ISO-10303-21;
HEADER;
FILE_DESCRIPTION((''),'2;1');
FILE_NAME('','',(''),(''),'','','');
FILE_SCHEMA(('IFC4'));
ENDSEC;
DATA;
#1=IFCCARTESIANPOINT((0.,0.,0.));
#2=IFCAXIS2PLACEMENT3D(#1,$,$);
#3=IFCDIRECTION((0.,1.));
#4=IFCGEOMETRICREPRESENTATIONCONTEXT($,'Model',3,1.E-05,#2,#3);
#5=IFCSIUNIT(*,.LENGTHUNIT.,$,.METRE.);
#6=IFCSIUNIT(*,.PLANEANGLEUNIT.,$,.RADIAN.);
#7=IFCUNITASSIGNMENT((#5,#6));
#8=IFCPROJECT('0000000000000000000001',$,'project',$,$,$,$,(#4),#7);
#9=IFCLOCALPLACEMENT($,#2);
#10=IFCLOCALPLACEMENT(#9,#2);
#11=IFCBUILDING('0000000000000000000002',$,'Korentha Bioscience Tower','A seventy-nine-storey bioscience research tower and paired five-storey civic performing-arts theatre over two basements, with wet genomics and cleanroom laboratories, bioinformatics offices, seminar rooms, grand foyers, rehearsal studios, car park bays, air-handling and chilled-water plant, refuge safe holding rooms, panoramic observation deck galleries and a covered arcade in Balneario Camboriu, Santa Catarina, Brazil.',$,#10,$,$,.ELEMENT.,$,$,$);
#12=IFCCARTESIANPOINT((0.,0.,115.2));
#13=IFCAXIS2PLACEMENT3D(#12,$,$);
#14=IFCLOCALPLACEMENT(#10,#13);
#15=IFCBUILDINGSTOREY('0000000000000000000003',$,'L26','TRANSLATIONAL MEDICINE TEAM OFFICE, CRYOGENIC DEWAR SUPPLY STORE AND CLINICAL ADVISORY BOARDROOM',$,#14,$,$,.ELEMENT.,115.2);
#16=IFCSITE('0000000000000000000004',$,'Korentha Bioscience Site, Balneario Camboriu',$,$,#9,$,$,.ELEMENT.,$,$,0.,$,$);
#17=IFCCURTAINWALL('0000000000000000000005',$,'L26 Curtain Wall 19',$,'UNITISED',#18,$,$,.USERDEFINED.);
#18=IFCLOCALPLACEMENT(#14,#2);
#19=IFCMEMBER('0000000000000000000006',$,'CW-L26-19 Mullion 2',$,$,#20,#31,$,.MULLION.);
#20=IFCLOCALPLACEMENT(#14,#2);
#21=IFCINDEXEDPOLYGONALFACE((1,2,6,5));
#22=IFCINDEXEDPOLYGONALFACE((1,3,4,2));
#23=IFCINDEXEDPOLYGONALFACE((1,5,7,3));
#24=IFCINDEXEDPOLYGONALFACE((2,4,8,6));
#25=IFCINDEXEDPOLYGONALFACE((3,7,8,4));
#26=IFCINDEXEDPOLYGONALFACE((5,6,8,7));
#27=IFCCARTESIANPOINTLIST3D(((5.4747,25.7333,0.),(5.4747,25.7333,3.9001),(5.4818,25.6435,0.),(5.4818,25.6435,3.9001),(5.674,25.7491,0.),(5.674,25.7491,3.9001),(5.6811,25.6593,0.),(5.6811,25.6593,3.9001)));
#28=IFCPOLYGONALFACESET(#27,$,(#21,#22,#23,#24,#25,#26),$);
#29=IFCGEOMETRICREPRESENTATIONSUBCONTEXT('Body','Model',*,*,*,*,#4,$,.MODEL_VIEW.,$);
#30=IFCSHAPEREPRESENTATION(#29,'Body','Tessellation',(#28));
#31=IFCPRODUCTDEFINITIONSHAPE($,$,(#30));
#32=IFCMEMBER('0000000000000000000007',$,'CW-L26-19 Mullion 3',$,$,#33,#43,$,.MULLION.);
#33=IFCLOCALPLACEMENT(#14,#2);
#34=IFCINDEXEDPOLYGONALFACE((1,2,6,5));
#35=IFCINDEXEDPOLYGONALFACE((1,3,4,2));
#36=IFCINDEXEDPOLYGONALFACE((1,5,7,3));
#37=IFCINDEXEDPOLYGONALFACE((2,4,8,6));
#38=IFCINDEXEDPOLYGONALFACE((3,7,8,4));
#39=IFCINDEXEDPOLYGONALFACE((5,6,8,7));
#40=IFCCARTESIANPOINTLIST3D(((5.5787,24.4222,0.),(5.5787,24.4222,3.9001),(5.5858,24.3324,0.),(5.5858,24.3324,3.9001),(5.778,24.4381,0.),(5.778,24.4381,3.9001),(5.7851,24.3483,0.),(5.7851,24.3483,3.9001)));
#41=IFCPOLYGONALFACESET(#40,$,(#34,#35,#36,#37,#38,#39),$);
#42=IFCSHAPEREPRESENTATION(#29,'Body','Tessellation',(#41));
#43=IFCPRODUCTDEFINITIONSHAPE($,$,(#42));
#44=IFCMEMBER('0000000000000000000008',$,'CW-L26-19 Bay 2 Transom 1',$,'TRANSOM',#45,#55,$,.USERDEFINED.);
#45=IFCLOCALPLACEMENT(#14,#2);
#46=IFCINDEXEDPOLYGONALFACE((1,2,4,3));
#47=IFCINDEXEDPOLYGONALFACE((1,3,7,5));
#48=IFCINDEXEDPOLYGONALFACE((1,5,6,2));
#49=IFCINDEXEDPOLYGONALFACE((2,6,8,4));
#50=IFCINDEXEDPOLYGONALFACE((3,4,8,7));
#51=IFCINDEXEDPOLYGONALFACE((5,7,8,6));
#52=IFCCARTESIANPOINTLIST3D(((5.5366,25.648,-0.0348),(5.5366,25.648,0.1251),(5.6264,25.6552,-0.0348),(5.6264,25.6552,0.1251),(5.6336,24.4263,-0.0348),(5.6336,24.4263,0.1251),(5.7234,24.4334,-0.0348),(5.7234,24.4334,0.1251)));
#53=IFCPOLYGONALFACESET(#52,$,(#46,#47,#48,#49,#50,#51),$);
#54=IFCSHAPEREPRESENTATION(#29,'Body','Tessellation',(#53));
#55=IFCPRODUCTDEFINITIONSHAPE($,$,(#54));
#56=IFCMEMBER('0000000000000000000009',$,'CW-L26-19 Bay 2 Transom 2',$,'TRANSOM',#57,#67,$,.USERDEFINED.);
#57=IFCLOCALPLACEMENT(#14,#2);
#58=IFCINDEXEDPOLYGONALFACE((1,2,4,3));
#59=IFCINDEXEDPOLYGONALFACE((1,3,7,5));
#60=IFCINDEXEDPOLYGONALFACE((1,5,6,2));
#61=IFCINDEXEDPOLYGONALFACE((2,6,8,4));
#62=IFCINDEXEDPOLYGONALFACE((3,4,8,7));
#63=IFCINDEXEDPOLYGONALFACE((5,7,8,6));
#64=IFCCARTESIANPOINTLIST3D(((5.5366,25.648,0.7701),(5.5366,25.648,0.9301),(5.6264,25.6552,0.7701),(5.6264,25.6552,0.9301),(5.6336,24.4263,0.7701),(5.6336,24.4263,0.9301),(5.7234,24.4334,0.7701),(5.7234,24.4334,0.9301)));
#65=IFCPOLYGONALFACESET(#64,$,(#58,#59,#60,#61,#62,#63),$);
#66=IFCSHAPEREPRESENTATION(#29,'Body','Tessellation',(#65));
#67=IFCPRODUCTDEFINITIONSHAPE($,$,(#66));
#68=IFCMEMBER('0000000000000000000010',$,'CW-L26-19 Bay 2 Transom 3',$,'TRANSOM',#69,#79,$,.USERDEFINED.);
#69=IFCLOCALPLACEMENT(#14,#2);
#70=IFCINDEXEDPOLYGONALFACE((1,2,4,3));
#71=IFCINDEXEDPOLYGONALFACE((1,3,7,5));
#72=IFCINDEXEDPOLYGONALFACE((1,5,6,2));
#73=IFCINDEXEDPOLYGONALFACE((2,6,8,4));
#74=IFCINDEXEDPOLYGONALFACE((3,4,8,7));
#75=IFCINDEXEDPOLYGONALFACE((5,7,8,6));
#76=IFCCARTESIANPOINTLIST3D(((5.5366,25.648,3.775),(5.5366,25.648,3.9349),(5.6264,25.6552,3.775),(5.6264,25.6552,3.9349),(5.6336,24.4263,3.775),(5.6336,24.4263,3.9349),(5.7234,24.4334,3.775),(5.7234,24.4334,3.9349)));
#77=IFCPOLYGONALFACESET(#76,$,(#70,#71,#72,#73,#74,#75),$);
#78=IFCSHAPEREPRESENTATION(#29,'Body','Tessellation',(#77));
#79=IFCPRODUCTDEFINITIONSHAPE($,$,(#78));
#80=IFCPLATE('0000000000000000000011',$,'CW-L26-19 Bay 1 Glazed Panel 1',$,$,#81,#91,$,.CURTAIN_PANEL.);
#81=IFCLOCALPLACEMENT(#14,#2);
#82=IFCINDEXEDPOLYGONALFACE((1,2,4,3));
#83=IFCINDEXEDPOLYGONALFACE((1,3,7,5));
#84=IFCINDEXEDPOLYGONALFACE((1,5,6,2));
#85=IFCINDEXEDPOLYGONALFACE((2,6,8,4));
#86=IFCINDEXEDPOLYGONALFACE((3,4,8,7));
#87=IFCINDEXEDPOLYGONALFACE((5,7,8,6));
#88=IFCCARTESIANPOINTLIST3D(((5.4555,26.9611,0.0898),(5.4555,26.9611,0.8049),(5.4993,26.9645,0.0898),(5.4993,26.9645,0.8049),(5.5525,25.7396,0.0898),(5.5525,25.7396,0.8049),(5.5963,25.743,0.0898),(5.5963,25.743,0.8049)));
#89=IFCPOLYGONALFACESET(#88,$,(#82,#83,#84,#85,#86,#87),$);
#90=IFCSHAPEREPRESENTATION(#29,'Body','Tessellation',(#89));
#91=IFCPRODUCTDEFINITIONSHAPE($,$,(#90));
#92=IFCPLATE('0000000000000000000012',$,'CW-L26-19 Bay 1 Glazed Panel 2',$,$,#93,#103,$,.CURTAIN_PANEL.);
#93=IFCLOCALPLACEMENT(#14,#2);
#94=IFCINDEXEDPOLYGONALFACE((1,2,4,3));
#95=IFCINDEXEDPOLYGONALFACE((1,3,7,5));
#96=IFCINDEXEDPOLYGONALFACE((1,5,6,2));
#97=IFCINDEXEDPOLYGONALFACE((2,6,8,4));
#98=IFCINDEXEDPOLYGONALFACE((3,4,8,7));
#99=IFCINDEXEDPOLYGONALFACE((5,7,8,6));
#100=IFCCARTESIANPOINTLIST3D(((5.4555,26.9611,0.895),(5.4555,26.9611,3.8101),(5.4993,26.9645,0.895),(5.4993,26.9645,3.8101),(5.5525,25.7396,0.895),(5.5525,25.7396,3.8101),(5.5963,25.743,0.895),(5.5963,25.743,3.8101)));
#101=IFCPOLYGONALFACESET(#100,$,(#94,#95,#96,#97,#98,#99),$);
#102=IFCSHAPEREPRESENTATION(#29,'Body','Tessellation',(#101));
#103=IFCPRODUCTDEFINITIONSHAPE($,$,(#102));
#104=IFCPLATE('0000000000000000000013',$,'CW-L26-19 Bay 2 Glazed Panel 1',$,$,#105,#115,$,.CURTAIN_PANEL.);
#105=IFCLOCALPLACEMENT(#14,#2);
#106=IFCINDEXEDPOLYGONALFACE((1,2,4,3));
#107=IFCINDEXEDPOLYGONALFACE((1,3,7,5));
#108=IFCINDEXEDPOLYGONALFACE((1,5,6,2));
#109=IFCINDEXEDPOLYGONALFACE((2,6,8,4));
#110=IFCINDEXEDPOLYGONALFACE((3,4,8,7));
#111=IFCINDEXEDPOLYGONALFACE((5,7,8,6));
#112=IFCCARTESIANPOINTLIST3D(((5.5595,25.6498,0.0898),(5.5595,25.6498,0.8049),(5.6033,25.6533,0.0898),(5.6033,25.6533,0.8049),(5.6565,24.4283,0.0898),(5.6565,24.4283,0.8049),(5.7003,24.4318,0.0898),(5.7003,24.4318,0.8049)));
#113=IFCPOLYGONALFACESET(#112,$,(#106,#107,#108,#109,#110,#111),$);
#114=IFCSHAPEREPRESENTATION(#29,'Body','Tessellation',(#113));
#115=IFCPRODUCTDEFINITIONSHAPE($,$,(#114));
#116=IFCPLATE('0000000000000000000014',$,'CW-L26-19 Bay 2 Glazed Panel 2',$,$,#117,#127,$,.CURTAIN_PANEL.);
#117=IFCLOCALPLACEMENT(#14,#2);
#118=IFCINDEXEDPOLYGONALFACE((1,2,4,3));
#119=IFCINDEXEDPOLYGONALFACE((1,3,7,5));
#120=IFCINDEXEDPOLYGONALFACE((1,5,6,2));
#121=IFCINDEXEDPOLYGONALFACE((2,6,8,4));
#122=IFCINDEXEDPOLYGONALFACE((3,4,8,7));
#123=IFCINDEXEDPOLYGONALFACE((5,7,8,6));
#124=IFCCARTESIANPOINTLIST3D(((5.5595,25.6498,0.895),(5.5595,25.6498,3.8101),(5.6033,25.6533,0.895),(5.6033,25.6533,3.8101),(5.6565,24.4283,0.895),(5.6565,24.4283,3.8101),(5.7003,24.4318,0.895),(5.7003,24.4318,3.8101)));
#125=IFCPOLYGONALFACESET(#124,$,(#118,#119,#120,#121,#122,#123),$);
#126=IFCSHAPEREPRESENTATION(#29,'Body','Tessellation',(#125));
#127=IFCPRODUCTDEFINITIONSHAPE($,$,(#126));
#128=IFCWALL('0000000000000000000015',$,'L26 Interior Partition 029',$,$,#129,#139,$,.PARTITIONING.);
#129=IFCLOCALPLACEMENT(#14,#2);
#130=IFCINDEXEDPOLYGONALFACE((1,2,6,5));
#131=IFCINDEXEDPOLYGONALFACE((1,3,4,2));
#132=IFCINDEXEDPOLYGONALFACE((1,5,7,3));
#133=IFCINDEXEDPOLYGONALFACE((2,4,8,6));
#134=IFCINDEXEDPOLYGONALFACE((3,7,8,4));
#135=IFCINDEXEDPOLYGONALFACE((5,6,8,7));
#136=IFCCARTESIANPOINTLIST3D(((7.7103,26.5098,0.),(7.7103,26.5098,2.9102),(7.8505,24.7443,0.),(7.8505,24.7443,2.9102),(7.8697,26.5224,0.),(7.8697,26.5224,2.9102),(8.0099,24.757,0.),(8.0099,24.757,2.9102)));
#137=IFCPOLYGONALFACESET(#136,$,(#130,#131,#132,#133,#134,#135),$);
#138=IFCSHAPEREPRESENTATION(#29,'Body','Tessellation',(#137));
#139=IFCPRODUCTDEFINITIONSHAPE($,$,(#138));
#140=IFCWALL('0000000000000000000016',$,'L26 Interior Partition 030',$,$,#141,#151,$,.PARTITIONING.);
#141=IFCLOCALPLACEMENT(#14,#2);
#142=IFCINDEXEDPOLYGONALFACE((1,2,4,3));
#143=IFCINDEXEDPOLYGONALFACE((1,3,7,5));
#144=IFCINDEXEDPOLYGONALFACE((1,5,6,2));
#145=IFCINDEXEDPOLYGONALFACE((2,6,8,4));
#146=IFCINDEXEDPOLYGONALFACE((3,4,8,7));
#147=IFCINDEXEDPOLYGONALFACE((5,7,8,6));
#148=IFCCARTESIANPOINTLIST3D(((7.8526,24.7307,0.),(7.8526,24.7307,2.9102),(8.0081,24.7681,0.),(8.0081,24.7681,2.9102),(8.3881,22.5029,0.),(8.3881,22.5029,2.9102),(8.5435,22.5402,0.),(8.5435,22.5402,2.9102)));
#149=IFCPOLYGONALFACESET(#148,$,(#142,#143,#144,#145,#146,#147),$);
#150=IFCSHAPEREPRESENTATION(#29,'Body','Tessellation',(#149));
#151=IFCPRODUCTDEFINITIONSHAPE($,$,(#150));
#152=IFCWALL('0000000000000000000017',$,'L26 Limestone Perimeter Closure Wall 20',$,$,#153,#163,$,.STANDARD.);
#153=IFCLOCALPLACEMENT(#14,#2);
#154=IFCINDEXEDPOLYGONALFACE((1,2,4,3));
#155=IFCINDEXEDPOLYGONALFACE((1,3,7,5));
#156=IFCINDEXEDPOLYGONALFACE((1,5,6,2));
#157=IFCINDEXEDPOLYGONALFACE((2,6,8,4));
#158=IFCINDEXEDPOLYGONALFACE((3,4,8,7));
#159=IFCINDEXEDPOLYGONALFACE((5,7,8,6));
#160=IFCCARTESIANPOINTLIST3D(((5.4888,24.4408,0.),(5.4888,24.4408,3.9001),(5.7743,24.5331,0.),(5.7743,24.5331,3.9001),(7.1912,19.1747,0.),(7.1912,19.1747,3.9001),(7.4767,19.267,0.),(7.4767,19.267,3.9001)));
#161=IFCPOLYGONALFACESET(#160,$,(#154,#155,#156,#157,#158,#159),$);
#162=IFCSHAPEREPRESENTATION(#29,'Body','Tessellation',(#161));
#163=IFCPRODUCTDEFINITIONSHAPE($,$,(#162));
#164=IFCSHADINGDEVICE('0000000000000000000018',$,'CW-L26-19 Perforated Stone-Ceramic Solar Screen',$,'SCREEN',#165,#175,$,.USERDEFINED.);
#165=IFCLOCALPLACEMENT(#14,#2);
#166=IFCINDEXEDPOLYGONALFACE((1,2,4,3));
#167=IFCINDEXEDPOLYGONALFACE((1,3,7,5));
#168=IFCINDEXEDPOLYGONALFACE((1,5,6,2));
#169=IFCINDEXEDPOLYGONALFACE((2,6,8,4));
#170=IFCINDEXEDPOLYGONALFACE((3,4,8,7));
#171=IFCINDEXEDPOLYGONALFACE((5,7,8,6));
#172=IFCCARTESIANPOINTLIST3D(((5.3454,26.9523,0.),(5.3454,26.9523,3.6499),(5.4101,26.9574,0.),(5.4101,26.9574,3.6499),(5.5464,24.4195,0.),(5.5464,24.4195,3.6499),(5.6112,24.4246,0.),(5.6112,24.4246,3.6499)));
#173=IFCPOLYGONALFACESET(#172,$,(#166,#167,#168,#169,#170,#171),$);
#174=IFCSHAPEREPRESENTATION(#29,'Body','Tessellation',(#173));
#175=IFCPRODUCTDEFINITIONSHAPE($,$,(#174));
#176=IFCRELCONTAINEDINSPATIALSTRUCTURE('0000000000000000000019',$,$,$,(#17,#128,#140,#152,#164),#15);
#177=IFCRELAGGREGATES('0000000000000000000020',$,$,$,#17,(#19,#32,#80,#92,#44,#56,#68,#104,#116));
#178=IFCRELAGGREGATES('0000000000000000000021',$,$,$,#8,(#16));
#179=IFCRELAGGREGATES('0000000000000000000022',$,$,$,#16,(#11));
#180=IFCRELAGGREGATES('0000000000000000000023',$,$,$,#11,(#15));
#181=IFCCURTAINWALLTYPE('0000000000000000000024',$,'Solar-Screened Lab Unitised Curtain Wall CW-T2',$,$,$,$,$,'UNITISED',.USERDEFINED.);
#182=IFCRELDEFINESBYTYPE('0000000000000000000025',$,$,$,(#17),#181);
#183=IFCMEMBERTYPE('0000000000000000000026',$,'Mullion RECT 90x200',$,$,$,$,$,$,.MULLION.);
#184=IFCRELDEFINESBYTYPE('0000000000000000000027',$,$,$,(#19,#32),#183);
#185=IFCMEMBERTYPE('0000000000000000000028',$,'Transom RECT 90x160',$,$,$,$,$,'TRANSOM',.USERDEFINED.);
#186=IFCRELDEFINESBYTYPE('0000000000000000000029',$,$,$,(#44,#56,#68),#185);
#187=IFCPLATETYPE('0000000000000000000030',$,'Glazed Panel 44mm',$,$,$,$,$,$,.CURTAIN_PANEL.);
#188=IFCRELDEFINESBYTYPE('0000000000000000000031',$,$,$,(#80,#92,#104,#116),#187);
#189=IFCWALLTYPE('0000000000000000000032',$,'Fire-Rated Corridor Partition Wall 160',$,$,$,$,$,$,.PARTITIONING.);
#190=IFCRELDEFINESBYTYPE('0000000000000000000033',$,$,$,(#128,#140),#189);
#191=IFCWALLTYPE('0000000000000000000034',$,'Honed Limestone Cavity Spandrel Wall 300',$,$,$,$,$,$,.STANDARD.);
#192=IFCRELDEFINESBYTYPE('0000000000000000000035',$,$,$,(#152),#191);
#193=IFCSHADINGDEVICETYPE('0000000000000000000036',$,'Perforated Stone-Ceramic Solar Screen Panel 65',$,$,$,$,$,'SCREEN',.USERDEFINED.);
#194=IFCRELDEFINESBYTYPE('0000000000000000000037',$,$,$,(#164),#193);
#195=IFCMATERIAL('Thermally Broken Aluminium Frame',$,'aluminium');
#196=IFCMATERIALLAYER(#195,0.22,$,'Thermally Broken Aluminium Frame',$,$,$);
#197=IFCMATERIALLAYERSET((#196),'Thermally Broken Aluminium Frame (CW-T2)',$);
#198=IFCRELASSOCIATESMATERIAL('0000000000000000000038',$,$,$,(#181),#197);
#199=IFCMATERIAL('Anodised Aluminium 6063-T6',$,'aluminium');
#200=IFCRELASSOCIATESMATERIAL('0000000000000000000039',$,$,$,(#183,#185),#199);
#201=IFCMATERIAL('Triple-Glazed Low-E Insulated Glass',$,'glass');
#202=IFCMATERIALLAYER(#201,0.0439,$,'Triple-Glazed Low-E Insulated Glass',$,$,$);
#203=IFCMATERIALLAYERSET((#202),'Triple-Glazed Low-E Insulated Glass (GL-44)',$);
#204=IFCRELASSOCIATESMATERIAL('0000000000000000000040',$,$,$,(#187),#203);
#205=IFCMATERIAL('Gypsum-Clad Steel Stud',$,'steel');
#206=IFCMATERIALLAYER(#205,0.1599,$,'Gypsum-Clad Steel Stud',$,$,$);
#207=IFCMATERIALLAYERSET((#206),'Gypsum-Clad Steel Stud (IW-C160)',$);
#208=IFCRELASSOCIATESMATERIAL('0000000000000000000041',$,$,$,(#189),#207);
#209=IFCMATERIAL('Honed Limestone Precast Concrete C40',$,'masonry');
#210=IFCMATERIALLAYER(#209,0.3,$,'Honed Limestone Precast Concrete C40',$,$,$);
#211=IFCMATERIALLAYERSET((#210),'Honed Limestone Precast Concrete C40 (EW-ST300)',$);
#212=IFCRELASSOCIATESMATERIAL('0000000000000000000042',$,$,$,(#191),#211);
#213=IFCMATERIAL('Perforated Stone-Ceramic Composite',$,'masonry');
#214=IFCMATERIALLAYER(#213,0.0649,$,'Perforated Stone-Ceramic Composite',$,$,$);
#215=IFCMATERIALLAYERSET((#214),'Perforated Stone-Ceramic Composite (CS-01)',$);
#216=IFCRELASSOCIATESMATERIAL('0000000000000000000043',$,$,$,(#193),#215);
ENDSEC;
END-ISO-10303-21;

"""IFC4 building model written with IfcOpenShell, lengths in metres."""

from ifc_helpers import new_model, si_unit, direction, frame, frame_2d, origin, origin_2d, place, context, subcontext, project, spatial, rectangle, extrude, material, layer, layer_set, material_profile, profile_set, type_object, element, aggregate, save


model = new_model("IFC4")

# Units and contexts
model_context = context("Model", 3, precision=1e-05, world=origin(), true_north=direction((0.0, 1.0)))
body_context = subcontext(model_context, "Body", "Model", "MODEL_VIEW")
ifc_project = project(units=[si_unit("LENGTHUNIT", "METRE"), si_unit("PLANEANGLEUNIT", "RADIAN")], contexts=[model_context])

# Site, building, storey
site_placement = place(None, origin())
site = spatial("IfcSite", under=ifc_project, at=site_placement, Name="Korentha Bioscience Site, Balneario Camboriu", CompositionType="ELEMENT", RefElevation=0.0)
building_placement = place(site_placement, origin())
building = spatial("IfcBuilding", under=site, at=building_placement, Name="Korentha Bioscience Tower", Description="A seventy-nine-storey bioscience research tower and paired five-storey civic performing-arts theatre over two basements, with wet genomics and cleanroom laboratories, bioinformatics offices, seminar rooms, grand foyers, rehearsal studios, car park bays, air-handling and chilled-water plant, refuge safe holding rooms, panoramic observation deck galleries and a covered arcade in Balneario Camboriu, Santa Catarina, Brazil.", CompositionType="ELEMENT")
storey_placement = place(building_placement, frame((0.0, 0.0, 115.2)))
storey = spatial("IfcBuildingStorey", under=building, at=storey_placement, Name="L26", Description="TRANSLATIONAL MEDICINE TEAM OFFICE, CRYOGENIC DEWAR SUPPLY STORE AND CLINICAL ADVISORY BOARDROOM", CompositionType="ELEMENT", Elevation=115.2)

# Curtain wall, members, plates
ifc_material_1 = material(Name="Thermally Broken Aluminium Frame", Category="aluminium")
ifc_layer_1 = layer(ifc_material_1, 0.22, Name="Thermally Broken Aluminium Frame")
ifc_layer_set_1 = layer_set([ifc_layer_1], Name="Thermally Broken Aluminium Frame (CW-T2)")
curtain_wall_type = type_object("IfcCurtainWallType", Name="Solar-Screened Lab Unitised Curtain Wall CW-T2", ElementType="UNITISED", PredefinedType="USERDEFINED", material=ifc_layer_set_1)
curtain_wall_placement = place(storey_placement, origin())
curtain_wall = element("IfcCurtainWall", 1, at=curtain_wall_placement, inside=storey, type_object=curtain_wall_type, Name="L26 Curtain Wall 19", ObjectType="UNITISED", PredefinedType="USERDEFINED")
ifc_material_2 = material(Name="Anodised Aluminium 6063-T6", Category="aluminium")
ifc_material_profile_1 = material_profile(ifc_material_2, rectangle(XDim=0.0901, YDim=0.2, at=origin_2d()), Name="Anodised Aluminium 6063-T6")
ifc_profile_set_1 = profile_set([ifc_material_profile_1], Name="Anodised Aluminium 6063-T6 (CW-MUL)")
member_type_1 = type_object("IfcMemberType", Name="Mullion RECT 90x200", PredefinedType="MULLION", material=ifc_profile_set_1)
member_1_placement = place(storey_placement, frame((5.5779, 25.6963, 0.0), z_axis=(0.0, 0.0, 1.0), x_axis=(0.07913, -0.996864, 0.0)))
member_1 = element("IfcMember", 2, at=member_1_placement, type_object=member_type_1, Name="CW-L26-19 Mullion 2", PredefinedType="MULLION", context=body_context, shape_type="SweptSolid", body=[
    extrude(rectangle(XDim=0.0901, YDim=0.2, at=origin_2d()), origin(), (0.0, 0.0, 1.0), 3.9001),
])
member_2_placement = place(storey_placement, frame((5.6819, 24.3853, 0.0), z_axis=(0.0, 0.0, 1.0), x_axis=(0.07913, -0.996864, 0.0)))
member_2 = element("IfcMember", 3, at=member_2_placement, type_object=member_type_1, Name="CW-L26-19 Mullion 3", PredefinedType="MULLION", context=body_context, shape_type="SweptSolid", body=[
    extrude(rectangle(XDim=0.0901, YDim=0.2, at=origin_2d()), origin(), (0.0, 0.0, 1.0), 3.9001),
])
ifc_material_profile_2 = material_profile(ifc_material_2, rectangle(XDim=0.0901, YDim=0.1599, at=origin_2d()), Name="Anodised Aluminium 6063-T6")
ifc_profile_set_2 = profile_set([ifc_material_profile_2], Name="Anodised Aluminium 6063-T6 (CW-TRN)")
member_type_2 = type_object("IfcMemberType", Name="Transom RECT 90x160", ElementType="TRANSOM", PredefinedType="USERDEFINED", material=ifc_profile_set_2)
member_3_placement = place(storey_placement, frame((5.5815, 25.6516, 0.0452), z_axis=(0.079088, -0.996868, 0.0), x_axis=(0.996868, 0.079088, 0.0)))
member_3 = element("IfcMember", 4, at=member_3_placement, type_object=member_type_2, Name="CW-L26-19 Bay 2 Transom 1", ObjectType="TRANSOM", PredefinedType="USERDEFINED", context=body_context, shape_type="SweptSolid", body=[
    extrude(rectangle(XDim=0.0901, YDim=0.1599, at=origin_2d()), origin(), (0.0, 0.0, 1.0), 1.2256),
])
member_4_placement = place(storey_placement, frame((5.5815, 25.6516, 0.8501), z_axis=(0.079088, -0.996868, 0.0), x_axis=(0.996868, 0.079088, 0.0)))
member_4 = element("IfcMember", 5, at=member_4_placement, type_object=member_type_2, Name="CW-L26-19 Bay 2 Transom 2", ObjectType="TRANSOM", PredefinedType="USERDEFINED", context=body_context, shape_type="SweptSolid", body=[
    extrude(rectangle(XDim=0.0901, YDim=0.1599, at=origin_2d()), origin(), (0.0, 0.0, 1.0), 1.2256),
])
member_5_placement = place(storey_placement, frame((5.5815, 25.6516, 3.855), z_axis=(0.079088, -0.996868, 0.0), x_axis=(0.996868, 0.079088, 0.0)))
member_5 = element("IfcMember", 6, at=member_5_placement, type_object=member_type_2, Name="CW-L26-19 Bay 2 Transom 3", ObjectType="TRANSOM", PredefinedType="USERDEFINED", context=body_context, shape_type="SweptSolid", body=[
    extrude(rectangle(XDim=0.0901, YDim=0.1599, at=origin_2d()), origin(), (0.0, 0.0, 1.0), 1.2256),
])
ifc_material_3 = material(Name="Triple-Glazed Low-E Insulated Glass", Category="glass")
ifc_layer_2 = layer(ifc_material_3, 0.0439, Name="Triple-Glazed Low-E Insulated Glass")
ifc_layer_set_2 = layer_set([ifc_layer_2], Name="Triple-Glazed Low-E Insulated Glass (GL-44)")
plate_type = type_object("IfcPlateType", Name="Glazed Panel 44mm", PredefinedType="CURTAIN_PANEL", material=ifc_layer_set_2)
plate_1_placement = place(storey_placement, frame((5.5259, 26.3521, 0.0898), z_axis=(0.0, 0.0, 1.0), x_axis=(0.07913, -0.996864, 0.0)))
plate_1 = element("IfcPlate", 7, at=plate_1_placement, type_object=plate_type, Name="CW-L26-19 Bay 1 Glazed Panel 1", PredefinedType="CURTAIN_PANEL", context=body_context, shape_type="SweptSolid", body=[
    extrude(rectangle(XDim=1.2253, YDim=0.0439, at=origin_2d()), origin(), (0.0, 0.0, 1.0), 0.7151),
])
plate_2_placement = place(storey_placement, frame((5.5259, 26.3521, 0.895), z_axis=(0.0, 0.0, 1.0), x_axis=(0.07913, -0.996864, 0.0)))
plate_2 = element("IfcPlate", 8, at=plate_2_placement, type_object=plate_type, Name="CW-L26-19 Bay 1 Glazed Panel 2", PredefinedType="CURTAIN_PANEL", context=body_context, shape_type="SweptSolid", body=[
    extrude(rectangle(XDim=1.2253, YDim=0.0439, at=origin_2d()), origin(), (0.0, 0.0, 1.0), 2.915),
])
plate_3_placement = place(storey_placement, frame((5.6299, 25.0408, 0.0898), z_axis=(0.0, 0.0, 1.0), x_axis=(0.07913, -0.996864, 0.0)))
plate_3 = element("IfcPlate", 9, at=plate_3_placement, type_object=plate_type, Name="CW-L26-19 Bay 2 Glazed Panel 1", PredefinedType="CURTAIN_PANEL", context=body_context, shape_type="SweptSolid", body=[
    extrude(rectangle(XDim=1.2253, YDim=0.0439, at=origin_2d()), origin(), (0.0, 0.0, 1.0), 0.7151),
])
plate_4_placement = place(storey_placement, frame((5.6299, 25.0408, 0.895), z_axis=(0.0, 0.0, 1.0), x_axis=(0.07913, -0.996864, 0.0)))
plate_4 = element("IfcPlate", 10, at=plate_4_placement, type_object=plate_type, Name="CW-L26-19 Bay 2 Glazed Panel 2", PredefinedType="CURTAIN_PANEL", context=body_context, shape_type="SweptSolid", body=[
    extrude(rectangle(XDim=1.2253, YDim=0.0439, at=origin_2d()), origin(), (0.0, 0.0, 1.0), 2.915),
])
aggregate(curtain_wall, [member_1, member_2, plate_1, plate_2, member_3, member_4, member_5, plate_3, plate_4])

# Walls
ifc_material_4 = material(Name="Gypsum-Clad Steel Stud", Category="steel")
ifc_layer_3 = layer(ifc_material_4, 0.1599, Name="Gypsum-Clad Steel Stud")
ifc_layer_set_3 = layer_set([ifc_layer_3], Name="Gypsum-Clad Steel Stud (IW-C160)")
wall_type_1 = type_object("IfcWallType", Name="Fire-Rated Corridor Partition Wall 160", PredefinedType="PARTITIONING", material=ifc_layer_set_3)
wall_1_placement = place(storey_placement, frame((7.79, 26.5161, 0.0), z_axis=(0.0, 0.0, 1.0), x_axis=(0.079132, -0.996864, 0.0)))
element("IfcWall", 11, at=wall_1_placement, inside=storey, type_object=wall_type_1, Name="L26 Interior Partition 029", PredefinedType="PARTITIONING", context=body_context, shape_type="SweptSolid", body=[
    extrude(rectangle(XDim=1.771, YDim=0.1599, at=frame_2d((0.8855, 0.0))), origin(), (0.0, 0.0, 1.0), 2.9102),
])
wall_2_placement = place(storey_placement, frame((7.9304, 24.7493, 0.0), z_axis=(0.0, 0.0, 1.0), x_axis=(0.233675, -0.972315, 0.0)))
element("IfcWall", 12, at=wall_2_placement, inside=storey, type_object=wall_type_1, Name="L26 Interior Partition 030", PredefinedType="PARTITIONING", context=body_context, shape_type="SweptSolid", body=[
    extrude(rectangle(XDim=2.2913, YDim=0.1599, at=frame_2d((1.1455, 0.0))), origin(), (0.0, 0.0, 1.0), 2.9102),
])
ifc_material_5 = material(Name="Honed Limestone Precast Concrete C40", Category="masonry")
ifc_layer_4 = layer(ifc_material_5, 0.3, Name="Honed Limestone Precast Concrete C40")
ifc_layer_set_4 = layer_set([ifc_layer_4], Name="Honed Limestone Precast Concrete C40 (EW-ST300)")
wall_type_2 = type_object("IfcWallType", Name="Honed Limestone Cavity Spandrel Wall 300", PredefinedType="STANDARD", material=ifc_layer_set_4)
wall_3_placement = place(storey_placement, frame((5.6316, 24.4868, 0.0), z_axis=(0.0, 0.0, 1.0), x_axis=(0.307599, -0.951516, 0.0)))
element("IfcWall", 13, at=wall_3_placement, inside=storey, type_object=wall_type_2, Name="L26 Limestone Perimeter Closure Wall 20", PredefinedType="STANDARD", context=body_context, shape_type="SweptSolid", body=[
    extrude(rectangle(XDim=5.5344, YDim=0.3, at=frame_2d((2.7671, 0.0))), origin(), (0.0, 0.0, 1.0), 3.9001),
])

# Shading device
ifc_material_6 = material(Name="Perforated Stone-Ceramic Composite", Category="masonry")
ifc_layer_5 = layer(ifc_material_6, 0.0649, Name="Perforated Stone-Ceramic Composite")
ifc_layer_set_5 = layer_set([ifc_layer_5], Name="Perforated Stone-Ceramic Composite (CS-01)")
shading_device_type_1 = type_object("IfcShadingDeviceType", Name="Perforated Stone-Ceramic Solar Screen Panel 65", ElementType="SCREEN", PredefinedType="USERDEFINED", material=ifc_layer_set_5)
shading_device_1_placement = place(storey_placement, frame((5.4783, 25.6885, 0.0), z_axis=(0.0, 0.0, 1.0), x_axis=(0.07913, -0.996864, 0.0)))
element("IfcShadingDevice", 14, at=shading_device_1_placement, inside=storey, type_object=shading_device_type_1, Name="CW-L26-19 Perforated Stone-Ceramic Solar Screen", ObjectType="SCREEN", PredefinedType="USERDEFINED", context=body_context, shape_type="SweptSolid", body=[
    extrude(rectangle(XDim=2.5408, YDim=0.0649, at=origin_2d()), origin(), (0.0, 0.0, 1.0), 3.6499),
])

save(model, "model.ifc")
